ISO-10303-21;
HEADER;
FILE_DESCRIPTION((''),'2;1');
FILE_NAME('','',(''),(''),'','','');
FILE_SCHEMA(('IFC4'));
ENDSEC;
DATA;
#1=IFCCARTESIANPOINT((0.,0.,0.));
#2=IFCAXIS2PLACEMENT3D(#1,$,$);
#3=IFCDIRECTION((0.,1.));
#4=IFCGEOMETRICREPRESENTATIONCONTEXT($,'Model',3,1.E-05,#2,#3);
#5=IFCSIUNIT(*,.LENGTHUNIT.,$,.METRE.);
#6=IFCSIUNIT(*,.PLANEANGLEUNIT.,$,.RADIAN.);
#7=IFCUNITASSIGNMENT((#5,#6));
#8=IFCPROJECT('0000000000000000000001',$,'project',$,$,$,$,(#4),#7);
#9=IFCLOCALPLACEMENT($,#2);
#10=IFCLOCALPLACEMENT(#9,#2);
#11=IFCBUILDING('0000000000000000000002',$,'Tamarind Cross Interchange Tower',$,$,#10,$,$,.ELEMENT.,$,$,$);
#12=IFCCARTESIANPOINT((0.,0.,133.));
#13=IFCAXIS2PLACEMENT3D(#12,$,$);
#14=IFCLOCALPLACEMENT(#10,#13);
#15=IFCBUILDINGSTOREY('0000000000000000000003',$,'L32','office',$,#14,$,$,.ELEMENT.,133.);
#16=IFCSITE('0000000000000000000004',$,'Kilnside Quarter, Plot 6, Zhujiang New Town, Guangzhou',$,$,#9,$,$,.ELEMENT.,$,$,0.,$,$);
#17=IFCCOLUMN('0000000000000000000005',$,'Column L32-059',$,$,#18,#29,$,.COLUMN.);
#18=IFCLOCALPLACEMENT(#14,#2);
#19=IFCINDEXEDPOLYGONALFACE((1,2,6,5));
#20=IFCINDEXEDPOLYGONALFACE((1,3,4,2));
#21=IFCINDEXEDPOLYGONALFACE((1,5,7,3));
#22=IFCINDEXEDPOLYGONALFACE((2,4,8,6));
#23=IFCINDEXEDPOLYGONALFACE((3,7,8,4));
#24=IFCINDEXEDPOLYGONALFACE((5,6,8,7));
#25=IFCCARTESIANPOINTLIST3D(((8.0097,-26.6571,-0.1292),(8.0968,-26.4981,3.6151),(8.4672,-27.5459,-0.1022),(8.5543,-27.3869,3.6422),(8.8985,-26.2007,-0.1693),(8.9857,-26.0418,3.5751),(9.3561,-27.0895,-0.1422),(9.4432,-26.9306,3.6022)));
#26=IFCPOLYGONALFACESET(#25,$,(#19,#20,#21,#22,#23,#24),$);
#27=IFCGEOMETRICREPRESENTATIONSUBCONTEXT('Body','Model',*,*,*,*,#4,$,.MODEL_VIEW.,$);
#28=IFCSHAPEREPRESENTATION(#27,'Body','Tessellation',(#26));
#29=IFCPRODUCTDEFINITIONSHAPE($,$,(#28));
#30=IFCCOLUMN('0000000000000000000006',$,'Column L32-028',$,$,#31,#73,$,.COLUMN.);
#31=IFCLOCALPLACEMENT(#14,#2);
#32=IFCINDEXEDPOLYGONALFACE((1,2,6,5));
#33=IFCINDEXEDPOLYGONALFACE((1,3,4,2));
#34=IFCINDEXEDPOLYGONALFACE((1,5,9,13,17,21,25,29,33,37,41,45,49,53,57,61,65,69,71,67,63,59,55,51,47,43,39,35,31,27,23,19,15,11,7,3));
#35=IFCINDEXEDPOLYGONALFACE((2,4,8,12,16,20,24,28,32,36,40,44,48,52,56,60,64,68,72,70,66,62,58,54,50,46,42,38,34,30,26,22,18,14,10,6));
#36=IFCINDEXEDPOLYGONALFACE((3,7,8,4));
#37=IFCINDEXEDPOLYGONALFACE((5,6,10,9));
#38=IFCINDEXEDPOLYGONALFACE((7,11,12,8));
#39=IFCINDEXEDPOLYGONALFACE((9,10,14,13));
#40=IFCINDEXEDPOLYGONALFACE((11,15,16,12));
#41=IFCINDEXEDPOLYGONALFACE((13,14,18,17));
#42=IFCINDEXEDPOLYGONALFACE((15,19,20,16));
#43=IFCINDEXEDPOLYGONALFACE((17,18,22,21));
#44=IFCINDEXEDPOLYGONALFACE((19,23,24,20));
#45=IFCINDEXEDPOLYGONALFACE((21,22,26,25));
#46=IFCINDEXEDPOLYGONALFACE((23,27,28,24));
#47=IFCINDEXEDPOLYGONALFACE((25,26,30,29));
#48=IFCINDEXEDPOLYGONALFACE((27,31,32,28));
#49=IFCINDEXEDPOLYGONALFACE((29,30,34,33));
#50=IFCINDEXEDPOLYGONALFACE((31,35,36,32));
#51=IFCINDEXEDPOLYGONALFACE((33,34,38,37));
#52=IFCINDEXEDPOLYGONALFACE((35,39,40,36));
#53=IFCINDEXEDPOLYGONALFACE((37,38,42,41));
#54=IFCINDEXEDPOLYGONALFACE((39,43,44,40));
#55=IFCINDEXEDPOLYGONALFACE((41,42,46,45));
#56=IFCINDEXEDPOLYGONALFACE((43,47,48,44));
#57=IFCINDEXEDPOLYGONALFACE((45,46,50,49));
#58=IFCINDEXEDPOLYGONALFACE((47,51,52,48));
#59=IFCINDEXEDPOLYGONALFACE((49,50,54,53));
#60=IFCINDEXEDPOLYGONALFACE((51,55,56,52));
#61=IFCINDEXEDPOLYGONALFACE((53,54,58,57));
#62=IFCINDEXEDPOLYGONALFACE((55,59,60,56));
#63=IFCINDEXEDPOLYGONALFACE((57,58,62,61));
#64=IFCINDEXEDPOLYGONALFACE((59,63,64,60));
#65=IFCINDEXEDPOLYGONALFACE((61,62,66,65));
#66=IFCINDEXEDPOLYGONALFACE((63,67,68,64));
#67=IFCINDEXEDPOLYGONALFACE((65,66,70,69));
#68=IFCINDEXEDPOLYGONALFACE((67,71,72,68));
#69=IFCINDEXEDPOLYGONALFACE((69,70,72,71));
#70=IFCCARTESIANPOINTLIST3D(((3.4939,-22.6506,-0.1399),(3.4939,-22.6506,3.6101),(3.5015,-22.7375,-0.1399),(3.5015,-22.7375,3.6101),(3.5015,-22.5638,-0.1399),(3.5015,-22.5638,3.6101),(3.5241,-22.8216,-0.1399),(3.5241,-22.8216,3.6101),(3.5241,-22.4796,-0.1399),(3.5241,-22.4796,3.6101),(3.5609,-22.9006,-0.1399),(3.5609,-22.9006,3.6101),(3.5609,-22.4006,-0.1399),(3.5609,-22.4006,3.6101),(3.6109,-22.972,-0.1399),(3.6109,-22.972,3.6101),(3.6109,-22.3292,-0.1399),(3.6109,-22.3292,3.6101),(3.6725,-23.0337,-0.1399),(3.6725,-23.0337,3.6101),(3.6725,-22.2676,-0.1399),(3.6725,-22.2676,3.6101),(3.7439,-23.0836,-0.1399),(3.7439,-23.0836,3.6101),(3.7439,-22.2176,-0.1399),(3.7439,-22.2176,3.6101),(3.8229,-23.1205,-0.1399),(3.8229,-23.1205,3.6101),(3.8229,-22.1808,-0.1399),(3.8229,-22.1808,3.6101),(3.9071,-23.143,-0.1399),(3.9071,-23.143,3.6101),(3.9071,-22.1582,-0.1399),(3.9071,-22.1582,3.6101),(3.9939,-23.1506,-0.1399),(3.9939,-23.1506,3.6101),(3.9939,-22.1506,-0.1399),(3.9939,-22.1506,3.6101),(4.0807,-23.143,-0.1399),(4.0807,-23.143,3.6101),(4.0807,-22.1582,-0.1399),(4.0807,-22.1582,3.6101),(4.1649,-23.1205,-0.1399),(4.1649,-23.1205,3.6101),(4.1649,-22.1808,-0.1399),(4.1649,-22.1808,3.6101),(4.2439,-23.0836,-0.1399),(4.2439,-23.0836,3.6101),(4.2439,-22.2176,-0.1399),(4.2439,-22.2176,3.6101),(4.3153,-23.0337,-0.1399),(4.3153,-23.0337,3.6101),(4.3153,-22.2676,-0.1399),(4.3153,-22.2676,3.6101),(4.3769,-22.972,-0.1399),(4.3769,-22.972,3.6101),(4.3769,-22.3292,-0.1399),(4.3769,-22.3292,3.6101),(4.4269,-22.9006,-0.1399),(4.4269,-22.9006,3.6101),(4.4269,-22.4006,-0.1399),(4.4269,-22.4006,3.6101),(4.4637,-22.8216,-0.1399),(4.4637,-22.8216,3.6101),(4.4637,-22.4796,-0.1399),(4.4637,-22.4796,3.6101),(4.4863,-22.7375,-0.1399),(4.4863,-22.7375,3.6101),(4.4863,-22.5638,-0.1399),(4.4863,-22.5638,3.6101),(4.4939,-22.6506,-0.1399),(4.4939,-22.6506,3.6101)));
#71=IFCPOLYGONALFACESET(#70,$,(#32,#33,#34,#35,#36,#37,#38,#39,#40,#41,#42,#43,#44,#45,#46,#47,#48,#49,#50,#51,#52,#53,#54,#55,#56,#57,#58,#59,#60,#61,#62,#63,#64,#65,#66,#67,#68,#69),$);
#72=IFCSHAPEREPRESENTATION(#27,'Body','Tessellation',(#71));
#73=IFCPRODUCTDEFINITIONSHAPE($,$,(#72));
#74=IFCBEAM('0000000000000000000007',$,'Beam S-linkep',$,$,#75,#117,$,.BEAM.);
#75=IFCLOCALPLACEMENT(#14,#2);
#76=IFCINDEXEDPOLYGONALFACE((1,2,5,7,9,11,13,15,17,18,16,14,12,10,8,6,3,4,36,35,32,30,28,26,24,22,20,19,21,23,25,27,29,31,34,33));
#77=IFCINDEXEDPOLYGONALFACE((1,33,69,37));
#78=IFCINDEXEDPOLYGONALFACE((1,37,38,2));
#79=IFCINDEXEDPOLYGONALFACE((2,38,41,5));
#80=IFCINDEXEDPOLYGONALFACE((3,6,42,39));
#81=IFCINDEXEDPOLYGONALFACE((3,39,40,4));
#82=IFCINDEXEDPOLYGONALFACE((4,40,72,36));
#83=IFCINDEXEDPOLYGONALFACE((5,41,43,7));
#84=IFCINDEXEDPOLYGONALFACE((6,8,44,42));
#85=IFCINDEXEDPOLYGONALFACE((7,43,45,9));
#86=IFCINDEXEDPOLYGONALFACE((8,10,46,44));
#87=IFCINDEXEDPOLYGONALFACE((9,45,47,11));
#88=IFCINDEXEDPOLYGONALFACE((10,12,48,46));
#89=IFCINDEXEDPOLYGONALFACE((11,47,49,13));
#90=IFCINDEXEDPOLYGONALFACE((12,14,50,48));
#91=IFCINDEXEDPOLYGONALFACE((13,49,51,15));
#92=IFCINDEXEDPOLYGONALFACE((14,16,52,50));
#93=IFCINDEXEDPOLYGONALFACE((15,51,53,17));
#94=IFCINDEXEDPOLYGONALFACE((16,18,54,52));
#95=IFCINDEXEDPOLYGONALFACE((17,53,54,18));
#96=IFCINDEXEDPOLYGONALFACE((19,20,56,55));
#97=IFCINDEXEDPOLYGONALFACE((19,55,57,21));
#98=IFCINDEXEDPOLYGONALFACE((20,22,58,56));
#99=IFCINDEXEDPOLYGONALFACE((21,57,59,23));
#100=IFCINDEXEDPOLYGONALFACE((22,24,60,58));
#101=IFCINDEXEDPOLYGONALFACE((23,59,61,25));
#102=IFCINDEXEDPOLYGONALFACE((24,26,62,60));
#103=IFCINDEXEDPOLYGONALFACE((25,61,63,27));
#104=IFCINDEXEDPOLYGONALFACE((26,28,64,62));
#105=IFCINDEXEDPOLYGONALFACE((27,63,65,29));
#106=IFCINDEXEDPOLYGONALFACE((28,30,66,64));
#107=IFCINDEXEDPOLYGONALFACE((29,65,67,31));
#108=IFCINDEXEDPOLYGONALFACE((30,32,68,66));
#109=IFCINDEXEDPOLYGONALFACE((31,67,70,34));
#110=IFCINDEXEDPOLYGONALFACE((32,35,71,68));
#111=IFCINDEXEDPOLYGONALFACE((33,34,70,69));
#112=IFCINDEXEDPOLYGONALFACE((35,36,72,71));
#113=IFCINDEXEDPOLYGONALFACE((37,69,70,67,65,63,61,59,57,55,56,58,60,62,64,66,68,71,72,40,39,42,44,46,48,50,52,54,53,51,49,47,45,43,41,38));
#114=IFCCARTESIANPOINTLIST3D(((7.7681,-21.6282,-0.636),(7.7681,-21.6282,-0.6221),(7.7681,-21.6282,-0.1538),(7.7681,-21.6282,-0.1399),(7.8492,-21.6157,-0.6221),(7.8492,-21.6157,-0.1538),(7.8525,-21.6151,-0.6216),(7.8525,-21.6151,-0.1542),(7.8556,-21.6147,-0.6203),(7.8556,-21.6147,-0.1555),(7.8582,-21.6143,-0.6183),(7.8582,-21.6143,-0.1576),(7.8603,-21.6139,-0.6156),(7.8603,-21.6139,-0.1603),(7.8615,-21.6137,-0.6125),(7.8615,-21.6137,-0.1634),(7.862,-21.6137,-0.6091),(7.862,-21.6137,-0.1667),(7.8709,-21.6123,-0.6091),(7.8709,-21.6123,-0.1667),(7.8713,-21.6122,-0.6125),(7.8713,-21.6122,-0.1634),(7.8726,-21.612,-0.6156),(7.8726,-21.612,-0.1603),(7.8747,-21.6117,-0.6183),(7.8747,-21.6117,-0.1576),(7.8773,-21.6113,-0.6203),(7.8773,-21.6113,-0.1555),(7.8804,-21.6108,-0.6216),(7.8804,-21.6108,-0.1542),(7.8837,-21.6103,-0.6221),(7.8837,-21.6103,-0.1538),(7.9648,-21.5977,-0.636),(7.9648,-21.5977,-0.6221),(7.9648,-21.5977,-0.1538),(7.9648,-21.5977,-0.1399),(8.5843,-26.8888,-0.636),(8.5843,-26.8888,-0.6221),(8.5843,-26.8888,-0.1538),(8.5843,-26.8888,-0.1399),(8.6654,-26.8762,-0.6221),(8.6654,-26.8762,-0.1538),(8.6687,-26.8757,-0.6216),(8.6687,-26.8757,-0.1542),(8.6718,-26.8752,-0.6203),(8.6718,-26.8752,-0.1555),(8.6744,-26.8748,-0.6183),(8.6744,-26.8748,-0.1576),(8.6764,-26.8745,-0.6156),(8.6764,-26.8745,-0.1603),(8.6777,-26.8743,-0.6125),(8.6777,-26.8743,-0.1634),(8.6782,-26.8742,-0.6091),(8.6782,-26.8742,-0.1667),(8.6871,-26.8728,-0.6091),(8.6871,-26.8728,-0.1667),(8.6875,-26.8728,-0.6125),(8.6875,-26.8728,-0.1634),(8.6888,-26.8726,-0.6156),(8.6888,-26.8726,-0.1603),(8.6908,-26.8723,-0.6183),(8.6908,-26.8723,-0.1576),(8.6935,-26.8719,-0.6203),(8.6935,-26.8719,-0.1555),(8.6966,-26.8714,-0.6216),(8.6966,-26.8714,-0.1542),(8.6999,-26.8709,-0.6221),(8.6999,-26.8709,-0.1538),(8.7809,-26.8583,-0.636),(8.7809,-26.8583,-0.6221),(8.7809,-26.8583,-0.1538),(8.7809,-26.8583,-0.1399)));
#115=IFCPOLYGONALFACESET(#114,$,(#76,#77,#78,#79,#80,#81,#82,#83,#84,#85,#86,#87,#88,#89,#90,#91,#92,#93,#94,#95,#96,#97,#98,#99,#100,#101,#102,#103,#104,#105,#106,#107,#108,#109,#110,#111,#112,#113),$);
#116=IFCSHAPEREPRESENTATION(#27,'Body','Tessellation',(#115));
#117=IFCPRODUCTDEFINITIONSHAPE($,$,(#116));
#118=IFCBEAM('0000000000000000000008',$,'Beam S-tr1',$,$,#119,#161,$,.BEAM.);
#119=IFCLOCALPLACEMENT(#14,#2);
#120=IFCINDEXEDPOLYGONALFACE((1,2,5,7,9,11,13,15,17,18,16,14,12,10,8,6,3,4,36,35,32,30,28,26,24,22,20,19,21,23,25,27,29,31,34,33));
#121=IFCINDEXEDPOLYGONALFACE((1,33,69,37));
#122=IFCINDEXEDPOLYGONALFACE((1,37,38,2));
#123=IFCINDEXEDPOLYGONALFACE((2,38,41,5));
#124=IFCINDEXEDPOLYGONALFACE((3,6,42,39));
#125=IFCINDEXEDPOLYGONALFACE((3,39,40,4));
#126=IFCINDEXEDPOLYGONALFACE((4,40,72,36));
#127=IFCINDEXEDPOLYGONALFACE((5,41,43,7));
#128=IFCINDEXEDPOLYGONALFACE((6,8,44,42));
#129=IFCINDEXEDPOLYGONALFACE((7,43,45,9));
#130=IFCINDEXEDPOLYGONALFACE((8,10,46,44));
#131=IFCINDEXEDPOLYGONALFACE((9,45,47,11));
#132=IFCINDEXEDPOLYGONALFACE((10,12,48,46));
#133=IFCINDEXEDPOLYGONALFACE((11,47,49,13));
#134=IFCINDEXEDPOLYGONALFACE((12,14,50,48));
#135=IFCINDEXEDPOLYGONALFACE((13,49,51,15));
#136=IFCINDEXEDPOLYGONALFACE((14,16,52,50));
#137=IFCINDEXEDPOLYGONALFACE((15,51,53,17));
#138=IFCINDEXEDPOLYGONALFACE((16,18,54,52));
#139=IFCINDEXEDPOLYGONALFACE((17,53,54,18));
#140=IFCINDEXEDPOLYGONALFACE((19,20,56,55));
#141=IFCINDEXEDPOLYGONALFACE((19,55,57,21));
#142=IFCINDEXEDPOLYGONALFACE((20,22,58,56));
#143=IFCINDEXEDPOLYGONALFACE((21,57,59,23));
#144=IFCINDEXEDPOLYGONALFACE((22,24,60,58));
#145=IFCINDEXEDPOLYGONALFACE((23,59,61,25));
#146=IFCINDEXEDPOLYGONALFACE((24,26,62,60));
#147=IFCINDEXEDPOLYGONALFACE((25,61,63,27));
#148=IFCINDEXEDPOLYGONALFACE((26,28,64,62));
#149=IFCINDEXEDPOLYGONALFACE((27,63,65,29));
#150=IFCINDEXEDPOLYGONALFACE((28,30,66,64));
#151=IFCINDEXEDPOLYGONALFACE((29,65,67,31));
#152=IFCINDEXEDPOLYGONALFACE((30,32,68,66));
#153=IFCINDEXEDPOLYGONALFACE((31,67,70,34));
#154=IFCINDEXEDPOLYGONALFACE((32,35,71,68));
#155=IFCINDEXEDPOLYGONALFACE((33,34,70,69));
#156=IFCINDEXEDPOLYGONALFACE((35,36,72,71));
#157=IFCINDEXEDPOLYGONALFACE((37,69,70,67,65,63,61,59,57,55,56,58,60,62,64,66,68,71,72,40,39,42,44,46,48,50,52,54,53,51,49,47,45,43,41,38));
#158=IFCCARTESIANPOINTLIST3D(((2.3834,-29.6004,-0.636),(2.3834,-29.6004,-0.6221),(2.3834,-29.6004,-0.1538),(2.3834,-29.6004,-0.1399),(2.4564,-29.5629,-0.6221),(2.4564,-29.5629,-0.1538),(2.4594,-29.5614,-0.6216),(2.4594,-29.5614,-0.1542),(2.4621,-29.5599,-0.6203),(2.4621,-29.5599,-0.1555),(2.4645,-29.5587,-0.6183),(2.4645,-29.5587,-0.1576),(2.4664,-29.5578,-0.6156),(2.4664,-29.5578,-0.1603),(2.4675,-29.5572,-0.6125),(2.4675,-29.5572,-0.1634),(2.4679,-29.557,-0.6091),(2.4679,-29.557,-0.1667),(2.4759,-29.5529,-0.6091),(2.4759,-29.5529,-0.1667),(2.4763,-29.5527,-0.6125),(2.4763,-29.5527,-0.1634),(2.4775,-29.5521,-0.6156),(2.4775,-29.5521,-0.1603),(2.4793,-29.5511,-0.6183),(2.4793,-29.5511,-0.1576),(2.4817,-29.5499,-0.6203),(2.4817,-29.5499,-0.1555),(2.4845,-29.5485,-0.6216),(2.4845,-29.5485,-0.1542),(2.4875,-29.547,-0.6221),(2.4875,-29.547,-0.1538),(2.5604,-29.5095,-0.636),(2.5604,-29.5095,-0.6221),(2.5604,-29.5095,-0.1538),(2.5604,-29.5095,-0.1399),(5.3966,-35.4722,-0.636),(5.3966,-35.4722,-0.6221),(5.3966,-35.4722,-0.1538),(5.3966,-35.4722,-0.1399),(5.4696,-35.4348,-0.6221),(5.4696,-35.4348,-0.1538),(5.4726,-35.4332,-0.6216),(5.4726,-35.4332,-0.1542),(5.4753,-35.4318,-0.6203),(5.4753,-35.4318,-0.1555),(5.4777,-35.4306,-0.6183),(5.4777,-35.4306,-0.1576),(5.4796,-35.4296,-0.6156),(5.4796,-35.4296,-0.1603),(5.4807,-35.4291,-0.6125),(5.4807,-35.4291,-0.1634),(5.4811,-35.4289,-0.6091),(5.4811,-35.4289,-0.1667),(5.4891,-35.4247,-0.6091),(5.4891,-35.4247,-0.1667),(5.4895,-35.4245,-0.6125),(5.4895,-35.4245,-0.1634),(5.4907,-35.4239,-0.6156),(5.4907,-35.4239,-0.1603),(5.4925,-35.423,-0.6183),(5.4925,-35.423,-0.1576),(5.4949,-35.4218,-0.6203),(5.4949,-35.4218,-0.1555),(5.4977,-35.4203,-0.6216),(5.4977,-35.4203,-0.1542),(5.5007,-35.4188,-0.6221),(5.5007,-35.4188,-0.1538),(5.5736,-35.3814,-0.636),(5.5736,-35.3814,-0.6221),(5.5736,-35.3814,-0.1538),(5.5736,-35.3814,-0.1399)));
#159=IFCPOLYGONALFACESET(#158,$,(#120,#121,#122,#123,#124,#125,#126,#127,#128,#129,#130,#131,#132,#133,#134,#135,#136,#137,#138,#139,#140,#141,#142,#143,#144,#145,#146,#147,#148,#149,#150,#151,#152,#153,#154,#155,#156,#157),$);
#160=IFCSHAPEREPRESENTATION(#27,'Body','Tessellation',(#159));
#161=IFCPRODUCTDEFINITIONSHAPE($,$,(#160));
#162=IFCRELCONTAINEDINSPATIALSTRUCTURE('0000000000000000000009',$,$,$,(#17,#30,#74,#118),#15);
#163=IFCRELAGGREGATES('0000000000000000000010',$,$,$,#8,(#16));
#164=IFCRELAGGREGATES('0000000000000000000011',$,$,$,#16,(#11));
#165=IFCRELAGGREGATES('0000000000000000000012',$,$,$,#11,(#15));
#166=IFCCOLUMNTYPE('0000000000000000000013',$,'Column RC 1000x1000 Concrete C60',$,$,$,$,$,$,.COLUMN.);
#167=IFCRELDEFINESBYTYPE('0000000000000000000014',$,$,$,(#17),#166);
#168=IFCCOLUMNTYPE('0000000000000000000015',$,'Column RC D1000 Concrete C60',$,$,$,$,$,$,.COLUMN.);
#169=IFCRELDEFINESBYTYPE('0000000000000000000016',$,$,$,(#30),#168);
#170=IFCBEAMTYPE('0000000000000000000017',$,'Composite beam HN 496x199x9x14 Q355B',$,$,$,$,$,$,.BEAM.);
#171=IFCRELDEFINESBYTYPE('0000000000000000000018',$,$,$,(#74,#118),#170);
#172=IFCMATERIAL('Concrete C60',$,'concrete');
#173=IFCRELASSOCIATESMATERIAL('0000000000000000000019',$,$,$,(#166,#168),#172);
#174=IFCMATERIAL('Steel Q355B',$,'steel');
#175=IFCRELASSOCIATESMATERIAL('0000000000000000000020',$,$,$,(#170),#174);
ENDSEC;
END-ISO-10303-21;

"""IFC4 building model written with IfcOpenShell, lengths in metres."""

from ifc_helpers import new_model, si_unit, direction, frame, origin, origin_2d, place, context, subcontext, project, spatial, rectangle, circle, i_section, extrude, material, material_profile, profile_set, type_object, element, save


model = new_model("IFC4")

# Units and contexts
model_context = context("Model", 3, precision=1e-05, world=origin(), true_north=direction((0.0, 1.0)))
body_context = subcontext(model_context, "Body", "Model", "MODEL_VIEW")
ifc_project = project(units=[si_unit("LENGTHUNIT", "METRE"), si_unit("PLANEANGLEUNIT", "RADIAN")], contexts=[model_context])

# Site, building, storey
site_placement = place(None, origin())
site = spatial("IfcSite", under=ifc_project, at=site_placement, Name="Kilnside Quarter, Plot 6, Zhujiang New Town, Guangzhou", CompositionType="ELEMENT", RefElevation=0.0)
building_placement = place(site_placement, origin())
building = spatial("IfcBuilding", under=site, at=building_placement, Name="Tamarind Cross Interchange Tower", CompositionType="ELEMENT")
storey_placement = place(building_placement, frame((0.0, 0.0, 133.0)))
storey = spatial("IfcBuildingStorey", under=building, at=storey_placement, Name="L32", Description="office", CompositionType="ELEMENT", Elevation=133.0)

# Columns
ifc_material_1 = material(Name="Concrete C60", Category="concrete")
ifc_material_profile_1 = material_profile(ifc_material_1, rectangle(XDim=1.0, YDim=1.0, at=origin_2d()), Name="RC 1000x1000")
ifc_profile_set_1 = profile_set([ifc_material_profile_1], Name="Concrete C60")
column_type_1 = type_object("IfcColumnType", Name="Column RC 1000x1000 Concrete C60", PredefinedType="COLUMN", material=ifc_profile_set_1)
column_1_placement = place(storey_placement, frame((8.6829, -26.8733, -0.1357), z_axis=(0.02325, 0.042397, 0.99883), x_axis=(-0.888892, -0.456362, 0.040062)))
element("IfcColumn", 1, at=column_1_placement, inside=storey, type_object=column_type_1, Name="Column L32-059", PredefinedType="COLUMN", context=body_context, shape_type="SweptSolid", body=[
    extrude(rectangle(XDim=1.0, YDim=1.0, at=origin_2d()), origin(), (0.0, 0.0, 1.0), 3.7488),
])
ifc_material_profile_2 = material_profile(ifc_material_1, circle(Radius=0.5, at=origin_2d()), Name="RC D1000")
ifc_profile_set_2 = profile_set([ifc_material_profile_2], Name="Concrete C60")
column_type_2 = type_object("IfcColumnType", Name="Column RC D1000 Concrete C60", PredefinedType="COLUMN", material=ifc_profile_set_2)
column_2_placement = place(storey_placement, frame((3.9939, -22.6506, -0.1399), z_axis=(0.0, 0.0, 1.0), x_axis=(1.0, 0.0, 0.0)))
element("IfcColumn", 2, at=column_2_placement, inside=storey, type_object=column_type_2, Name="Column L32-028", PredefinedType="COLUMN", context=body_context, shape_type="SweptSolid", body=[
    extrude(circle(Radius=0.5, at=origin_2d()), origin(), (0.0, 0.0, 1.0), 3.75),
])

# Beams
ifc_material_2 = material(Name="Steel Q355B", Category="steel")
ifc_material_profile_3 = material_profile(ifc_material_2, i_section(OverallWidth=0.199, OverallDepth=0.4961, WebThickness=0.009, FlangeThickness=0.0139, FilletRadius=0.0129, at=origin_2d()), Name="HN 496x199x9x14")
ifc_profile_set_3 = profile_set([ifc_material_profile_3], Name="Steel Q355B")
beam_type_1 = type_object("IfcBeamType", Name="Composite beam HN 496x199x9x14 Q355B", PredefinedType="BEAM", material=ifc_profile_set_3)
beam_1_placement = place(storey_placement, frame((8.6826, -26.8735, -0.3879), z_axis=(-0.153315, 0.988177, 0.0), x_axis=(-0.988177, -0.153315, 0.0)))
element("IfcBeam", 3, at=beam_1_placement, inside=storey, type_object=beam_type_1, Name="Beam S-linkep", PredefinedType="BEAM", context=body_context, shape_type="SweptSolid", body=[
    extrude(i_section(OverallWidth=0.199, OverallDepth=0.4961, WebThickness=0.009, FlangeThickness=0.0139, FilletRadius=0.0129, at=origin_2d()), origin(), (0.0, 0.0, 1.0), 5.3235),
])
beam_2_placement = place(storey_placement, frame((2.4719, -29.5549, -0.3879), z_axis=(0.456555, -0.889695, 0.0), x_axis=(0.889695, 0.456555, 0.0)))
element("IfcBeam", 4, at=beam_2_placement, inside=storey, type_object=beam_type_1, Name="Beam S-tr1", PredefinedType="BEAM", context=body_context, shape_type="SweptSolid", body=[
    extrude(i_section(OverallWidth=0.199, OverallDepth=0.4961, WebThickness=0.009, FlangeThickness=0.0139, FilletRadius=0.0129, at=origin_2d()), origin(), (0.0, 0.0, 1.0), 6.5999),
])

save(model, "model.ifc")
